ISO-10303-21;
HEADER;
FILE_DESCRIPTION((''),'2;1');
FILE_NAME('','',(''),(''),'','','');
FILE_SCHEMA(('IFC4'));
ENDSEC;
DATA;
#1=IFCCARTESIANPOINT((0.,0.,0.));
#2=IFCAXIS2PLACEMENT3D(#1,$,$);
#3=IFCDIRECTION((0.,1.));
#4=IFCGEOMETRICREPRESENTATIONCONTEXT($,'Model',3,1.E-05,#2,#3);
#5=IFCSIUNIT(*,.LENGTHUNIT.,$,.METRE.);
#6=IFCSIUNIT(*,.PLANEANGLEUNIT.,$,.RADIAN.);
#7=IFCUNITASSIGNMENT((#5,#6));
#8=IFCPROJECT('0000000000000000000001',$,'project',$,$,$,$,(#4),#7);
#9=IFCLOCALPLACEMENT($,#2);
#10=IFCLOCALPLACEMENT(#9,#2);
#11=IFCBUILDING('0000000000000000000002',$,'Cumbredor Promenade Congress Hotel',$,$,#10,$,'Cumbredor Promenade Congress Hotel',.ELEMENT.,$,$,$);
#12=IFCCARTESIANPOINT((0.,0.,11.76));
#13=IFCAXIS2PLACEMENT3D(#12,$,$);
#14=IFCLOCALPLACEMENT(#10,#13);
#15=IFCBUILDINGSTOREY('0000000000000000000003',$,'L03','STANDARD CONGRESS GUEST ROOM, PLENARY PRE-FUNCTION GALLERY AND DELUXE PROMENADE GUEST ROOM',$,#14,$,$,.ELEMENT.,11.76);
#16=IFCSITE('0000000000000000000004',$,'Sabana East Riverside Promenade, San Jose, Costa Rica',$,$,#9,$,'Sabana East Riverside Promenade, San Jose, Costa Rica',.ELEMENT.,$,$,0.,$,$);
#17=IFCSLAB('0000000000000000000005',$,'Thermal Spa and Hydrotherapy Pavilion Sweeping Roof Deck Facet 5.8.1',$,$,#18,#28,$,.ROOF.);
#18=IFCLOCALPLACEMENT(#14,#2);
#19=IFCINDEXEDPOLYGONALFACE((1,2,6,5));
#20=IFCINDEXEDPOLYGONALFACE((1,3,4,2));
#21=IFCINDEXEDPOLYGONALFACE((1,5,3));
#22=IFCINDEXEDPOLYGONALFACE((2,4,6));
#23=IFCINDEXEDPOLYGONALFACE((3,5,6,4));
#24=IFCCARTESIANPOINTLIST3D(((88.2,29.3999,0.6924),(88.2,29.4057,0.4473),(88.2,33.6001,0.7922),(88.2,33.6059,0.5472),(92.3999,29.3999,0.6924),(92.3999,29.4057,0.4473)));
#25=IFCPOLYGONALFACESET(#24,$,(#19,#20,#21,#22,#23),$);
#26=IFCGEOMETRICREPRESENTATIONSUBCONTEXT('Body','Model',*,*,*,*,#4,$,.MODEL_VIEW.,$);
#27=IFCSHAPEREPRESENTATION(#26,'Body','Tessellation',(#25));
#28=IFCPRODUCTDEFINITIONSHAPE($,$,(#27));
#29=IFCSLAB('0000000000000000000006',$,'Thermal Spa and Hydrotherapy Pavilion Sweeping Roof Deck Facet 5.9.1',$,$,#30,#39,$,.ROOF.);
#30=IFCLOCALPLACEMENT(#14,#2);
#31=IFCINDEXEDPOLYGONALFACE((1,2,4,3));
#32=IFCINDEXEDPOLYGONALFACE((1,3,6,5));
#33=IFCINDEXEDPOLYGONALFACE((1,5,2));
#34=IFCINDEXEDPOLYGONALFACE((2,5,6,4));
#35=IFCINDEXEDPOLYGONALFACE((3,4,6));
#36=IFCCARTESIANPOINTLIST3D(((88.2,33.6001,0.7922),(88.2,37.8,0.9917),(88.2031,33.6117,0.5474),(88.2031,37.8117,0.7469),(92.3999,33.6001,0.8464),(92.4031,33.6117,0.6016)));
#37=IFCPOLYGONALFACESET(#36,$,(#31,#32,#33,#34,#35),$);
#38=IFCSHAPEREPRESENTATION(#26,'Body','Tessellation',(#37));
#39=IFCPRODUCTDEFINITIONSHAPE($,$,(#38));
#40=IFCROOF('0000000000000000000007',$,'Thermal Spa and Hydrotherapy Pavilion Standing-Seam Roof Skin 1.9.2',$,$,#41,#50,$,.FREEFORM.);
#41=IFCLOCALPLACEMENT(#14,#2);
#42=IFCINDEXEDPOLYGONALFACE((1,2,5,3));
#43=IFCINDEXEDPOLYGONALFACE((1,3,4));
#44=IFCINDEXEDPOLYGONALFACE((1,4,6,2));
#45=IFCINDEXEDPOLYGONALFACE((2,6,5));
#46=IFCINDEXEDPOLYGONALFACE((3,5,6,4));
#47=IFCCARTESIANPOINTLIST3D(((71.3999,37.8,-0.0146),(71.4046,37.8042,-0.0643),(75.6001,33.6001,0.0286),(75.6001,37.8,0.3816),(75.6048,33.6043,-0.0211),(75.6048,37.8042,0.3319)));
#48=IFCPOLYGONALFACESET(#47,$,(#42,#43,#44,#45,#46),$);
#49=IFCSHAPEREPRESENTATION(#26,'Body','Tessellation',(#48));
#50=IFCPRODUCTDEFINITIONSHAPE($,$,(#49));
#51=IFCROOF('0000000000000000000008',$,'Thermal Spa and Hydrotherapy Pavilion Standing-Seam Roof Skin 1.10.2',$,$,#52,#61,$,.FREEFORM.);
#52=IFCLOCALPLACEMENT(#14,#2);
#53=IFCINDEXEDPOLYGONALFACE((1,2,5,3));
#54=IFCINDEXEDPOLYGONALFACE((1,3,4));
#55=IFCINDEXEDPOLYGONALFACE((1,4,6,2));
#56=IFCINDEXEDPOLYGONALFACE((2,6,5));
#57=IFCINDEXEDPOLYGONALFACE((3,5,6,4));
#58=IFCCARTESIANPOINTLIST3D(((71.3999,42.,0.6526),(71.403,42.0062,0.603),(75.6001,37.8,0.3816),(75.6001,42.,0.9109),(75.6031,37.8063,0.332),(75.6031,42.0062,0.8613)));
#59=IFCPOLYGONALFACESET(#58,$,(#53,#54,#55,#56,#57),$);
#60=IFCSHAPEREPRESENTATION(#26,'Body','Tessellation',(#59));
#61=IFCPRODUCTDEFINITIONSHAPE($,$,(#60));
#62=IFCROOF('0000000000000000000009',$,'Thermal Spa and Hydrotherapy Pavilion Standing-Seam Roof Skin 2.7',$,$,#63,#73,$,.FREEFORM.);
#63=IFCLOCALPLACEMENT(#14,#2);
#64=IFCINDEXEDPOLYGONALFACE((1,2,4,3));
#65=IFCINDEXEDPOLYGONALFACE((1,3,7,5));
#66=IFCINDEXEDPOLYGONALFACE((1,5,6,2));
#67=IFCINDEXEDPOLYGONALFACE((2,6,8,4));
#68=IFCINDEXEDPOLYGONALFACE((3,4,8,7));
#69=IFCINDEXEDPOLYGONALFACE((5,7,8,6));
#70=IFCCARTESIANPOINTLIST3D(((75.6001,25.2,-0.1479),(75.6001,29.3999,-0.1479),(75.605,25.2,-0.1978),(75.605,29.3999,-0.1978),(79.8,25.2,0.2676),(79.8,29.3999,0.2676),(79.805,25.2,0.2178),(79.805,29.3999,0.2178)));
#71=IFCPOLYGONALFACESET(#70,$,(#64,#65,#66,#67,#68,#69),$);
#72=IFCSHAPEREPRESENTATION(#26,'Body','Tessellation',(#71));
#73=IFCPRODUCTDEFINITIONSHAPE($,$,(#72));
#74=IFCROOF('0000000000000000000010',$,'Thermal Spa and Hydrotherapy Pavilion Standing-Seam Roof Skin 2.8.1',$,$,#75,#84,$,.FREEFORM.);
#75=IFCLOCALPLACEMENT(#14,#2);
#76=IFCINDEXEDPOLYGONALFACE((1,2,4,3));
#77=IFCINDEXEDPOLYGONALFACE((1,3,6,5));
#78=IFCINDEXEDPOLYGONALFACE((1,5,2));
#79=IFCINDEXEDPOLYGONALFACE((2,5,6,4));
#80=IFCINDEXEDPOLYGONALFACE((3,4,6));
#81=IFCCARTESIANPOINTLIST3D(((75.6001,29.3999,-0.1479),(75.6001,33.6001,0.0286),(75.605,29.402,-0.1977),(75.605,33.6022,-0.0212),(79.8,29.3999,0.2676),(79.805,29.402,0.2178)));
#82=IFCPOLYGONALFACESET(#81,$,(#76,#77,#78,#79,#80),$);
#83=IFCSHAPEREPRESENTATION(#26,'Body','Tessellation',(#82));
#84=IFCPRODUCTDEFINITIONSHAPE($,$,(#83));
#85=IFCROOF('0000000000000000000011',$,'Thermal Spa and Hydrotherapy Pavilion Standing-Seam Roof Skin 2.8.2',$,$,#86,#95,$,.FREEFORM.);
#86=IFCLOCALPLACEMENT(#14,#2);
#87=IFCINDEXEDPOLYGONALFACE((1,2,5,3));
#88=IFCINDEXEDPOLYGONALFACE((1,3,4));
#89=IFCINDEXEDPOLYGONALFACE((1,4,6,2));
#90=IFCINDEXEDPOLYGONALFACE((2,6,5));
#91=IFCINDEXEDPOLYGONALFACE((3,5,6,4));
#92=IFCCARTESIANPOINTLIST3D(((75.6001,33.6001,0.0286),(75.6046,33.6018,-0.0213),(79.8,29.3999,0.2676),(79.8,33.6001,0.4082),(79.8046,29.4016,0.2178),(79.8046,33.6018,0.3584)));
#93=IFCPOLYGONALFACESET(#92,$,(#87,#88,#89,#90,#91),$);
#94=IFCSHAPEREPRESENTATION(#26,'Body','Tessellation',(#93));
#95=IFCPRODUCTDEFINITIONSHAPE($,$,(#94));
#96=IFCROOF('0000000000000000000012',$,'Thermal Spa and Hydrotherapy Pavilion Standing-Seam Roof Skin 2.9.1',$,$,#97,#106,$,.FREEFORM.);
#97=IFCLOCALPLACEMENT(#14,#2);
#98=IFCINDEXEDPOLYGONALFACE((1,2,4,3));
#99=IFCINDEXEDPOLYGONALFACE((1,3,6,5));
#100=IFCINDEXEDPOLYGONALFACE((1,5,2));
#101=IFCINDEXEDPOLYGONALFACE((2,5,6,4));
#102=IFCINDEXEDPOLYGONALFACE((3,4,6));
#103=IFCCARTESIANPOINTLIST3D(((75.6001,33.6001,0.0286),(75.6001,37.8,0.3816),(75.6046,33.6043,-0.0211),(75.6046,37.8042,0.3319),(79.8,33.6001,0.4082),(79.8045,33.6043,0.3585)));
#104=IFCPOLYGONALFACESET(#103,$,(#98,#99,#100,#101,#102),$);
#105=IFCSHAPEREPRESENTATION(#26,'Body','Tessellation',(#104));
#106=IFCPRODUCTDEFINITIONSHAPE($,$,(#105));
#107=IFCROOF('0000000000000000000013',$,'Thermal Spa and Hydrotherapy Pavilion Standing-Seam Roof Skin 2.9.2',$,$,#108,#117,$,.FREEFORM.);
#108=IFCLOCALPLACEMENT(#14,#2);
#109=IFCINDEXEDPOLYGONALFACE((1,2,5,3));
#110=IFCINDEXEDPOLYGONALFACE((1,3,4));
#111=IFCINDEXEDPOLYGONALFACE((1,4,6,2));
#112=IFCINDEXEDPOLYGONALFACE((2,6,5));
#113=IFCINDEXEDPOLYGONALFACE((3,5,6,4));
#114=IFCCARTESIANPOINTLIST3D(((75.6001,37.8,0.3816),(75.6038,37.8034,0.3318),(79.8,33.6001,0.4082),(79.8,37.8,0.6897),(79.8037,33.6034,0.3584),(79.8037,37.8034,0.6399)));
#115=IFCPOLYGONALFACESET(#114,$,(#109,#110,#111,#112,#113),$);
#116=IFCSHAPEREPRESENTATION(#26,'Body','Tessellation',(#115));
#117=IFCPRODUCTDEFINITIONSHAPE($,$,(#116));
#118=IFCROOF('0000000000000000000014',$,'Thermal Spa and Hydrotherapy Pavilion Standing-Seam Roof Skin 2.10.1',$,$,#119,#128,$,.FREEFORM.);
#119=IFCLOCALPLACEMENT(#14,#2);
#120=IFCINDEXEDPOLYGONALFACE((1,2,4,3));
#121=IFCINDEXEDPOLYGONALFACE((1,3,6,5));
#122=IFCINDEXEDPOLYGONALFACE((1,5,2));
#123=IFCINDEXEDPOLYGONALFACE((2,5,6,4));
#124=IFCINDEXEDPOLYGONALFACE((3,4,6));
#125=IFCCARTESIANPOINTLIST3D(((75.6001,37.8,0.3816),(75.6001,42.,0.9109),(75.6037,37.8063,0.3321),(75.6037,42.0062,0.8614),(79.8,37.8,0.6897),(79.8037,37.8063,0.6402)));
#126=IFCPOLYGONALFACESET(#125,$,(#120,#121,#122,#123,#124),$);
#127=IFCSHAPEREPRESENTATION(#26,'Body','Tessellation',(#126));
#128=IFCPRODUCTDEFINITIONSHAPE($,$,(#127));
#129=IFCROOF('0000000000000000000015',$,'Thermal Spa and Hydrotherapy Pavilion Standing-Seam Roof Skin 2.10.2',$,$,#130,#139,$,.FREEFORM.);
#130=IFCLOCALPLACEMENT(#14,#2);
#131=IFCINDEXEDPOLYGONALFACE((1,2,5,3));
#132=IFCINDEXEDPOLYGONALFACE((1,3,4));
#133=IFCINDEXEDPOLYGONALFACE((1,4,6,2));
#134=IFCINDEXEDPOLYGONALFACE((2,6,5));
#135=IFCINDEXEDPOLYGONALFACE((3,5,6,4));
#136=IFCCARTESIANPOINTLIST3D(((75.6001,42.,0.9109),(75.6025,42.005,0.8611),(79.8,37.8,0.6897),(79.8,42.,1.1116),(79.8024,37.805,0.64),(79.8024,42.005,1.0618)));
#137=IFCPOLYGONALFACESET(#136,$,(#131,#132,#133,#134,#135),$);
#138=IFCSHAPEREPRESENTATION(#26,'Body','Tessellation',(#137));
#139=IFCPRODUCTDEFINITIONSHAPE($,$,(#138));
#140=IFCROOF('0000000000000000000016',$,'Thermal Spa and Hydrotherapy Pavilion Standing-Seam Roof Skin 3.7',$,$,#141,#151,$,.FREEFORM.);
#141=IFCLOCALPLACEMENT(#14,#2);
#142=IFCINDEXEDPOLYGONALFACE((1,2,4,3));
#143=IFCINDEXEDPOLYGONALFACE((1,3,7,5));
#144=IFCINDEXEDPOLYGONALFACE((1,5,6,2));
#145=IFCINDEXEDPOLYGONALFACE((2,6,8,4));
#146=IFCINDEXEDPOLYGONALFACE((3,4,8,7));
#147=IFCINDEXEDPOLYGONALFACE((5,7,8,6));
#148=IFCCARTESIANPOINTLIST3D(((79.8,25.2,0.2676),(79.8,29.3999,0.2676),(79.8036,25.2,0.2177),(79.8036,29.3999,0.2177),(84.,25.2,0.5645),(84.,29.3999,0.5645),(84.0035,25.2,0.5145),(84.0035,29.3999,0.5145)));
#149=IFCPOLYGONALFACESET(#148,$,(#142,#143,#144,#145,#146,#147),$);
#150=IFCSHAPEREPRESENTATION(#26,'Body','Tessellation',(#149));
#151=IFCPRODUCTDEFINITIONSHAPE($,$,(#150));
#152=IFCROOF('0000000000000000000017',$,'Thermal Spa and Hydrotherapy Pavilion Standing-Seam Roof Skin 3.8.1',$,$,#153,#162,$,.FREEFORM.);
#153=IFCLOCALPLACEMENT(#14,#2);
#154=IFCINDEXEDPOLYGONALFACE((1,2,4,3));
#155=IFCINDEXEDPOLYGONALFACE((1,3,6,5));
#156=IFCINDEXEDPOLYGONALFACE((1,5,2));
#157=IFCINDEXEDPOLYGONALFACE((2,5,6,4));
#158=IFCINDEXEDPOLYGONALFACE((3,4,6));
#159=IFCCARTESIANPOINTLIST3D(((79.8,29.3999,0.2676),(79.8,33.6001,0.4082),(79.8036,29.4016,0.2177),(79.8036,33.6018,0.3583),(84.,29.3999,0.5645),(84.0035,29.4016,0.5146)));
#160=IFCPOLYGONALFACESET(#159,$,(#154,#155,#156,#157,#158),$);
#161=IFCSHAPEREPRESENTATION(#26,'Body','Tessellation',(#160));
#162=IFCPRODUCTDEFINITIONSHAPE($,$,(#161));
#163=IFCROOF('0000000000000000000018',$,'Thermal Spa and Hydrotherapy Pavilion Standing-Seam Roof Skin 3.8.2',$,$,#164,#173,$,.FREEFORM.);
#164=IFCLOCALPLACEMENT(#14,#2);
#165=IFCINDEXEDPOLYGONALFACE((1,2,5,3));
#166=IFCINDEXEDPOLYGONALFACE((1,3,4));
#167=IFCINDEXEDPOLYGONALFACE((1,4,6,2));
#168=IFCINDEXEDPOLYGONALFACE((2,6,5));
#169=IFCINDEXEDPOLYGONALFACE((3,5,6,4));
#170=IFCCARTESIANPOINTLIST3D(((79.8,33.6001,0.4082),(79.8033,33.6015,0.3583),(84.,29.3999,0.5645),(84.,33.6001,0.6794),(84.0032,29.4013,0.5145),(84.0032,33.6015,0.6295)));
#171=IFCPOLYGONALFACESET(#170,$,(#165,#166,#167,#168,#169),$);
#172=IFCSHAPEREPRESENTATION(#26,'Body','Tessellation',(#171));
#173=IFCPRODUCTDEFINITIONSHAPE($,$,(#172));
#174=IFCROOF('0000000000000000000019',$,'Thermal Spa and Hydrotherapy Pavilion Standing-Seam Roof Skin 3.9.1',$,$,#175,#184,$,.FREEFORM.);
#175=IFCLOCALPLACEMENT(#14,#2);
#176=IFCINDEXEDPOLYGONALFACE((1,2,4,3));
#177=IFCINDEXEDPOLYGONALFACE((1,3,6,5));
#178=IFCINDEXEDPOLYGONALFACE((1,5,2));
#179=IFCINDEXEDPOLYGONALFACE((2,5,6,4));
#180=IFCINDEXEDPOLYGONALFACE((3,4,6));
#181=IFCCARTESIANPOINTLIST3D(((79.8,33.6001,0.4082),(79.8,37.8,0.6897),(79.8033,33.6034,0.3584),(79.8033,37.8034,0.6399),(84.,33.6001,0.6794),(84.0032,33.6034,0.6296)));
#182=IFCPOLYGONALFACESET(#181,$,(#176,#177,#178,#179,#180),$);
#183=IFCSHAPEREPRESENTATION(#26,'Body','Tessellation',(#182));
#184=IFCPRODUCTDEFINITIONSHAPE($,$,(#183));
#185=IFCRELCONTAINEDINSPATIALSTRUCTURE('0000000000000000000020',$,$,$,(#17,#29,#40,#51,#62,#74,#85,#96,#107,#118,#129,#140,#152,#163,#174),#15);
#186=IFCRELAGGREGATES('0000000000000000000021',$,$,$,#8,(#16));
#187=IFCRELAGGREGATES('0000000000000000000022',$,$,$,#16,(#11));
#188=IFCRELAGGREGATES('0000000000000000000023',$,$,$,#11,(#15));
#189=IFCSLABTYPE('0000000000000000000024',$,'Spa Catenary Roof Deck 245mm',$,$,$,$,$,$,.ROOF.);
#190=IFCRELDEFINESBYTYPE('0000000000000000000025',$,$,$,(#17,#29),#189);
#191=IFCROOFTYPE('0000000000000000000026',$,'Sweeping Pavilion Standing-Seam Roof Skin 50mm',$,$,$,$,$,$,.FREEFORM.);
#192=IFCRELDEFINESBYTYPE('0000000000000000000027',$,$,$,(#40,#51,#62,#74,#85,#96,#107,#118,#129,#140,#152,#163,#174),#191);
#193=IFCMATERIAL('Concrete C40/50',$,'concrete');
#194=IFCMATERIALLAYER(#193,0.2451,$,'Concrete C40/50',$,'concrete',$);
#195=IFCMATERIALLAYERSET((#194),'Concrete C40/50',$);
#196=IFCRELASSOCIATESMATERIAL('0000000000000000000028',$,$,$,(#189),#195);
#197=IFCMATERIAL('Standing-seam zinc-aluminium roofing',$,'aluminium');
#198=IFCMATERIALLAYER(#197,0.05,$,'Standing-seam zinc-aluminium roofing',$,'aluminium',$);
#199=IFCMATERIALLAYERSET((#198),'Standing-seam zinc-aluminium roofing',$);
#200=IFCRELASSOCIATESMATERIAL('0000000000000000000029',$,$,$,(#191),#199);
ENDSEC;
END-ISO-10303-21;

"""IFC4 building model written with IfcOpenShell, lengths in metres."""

from ifc_helpers import new_model, si_unit, direction, frame, origin, place, context, subcontext, project, spatial, polyline, outline, extrude, material, layer, layer_set, type_object, element, save


model = new_model("IFC4")

# Units and contexts
model_context = context("Model", 3, precision=1e-05, world=origin(), true_north=direction((0.0, 1.0)))
body_context = subcontext(model_context, "Body", "Model", "MODEL_VIEW")
ifc_project = project(units=[si_unit("LENGTHUNIT", "METRE"), si_unit("PLANEANGLEUNIT", "RADIAN")], contexts=[model_context])

# Site, building, storey
site_placement = place(None, origin())
site = spatial("IfcSite", under=ifc_project, at=site_placement, Name="Sabana East Riverside Promenade, San Jose, Costa Rica", LongName="Sabana East Riverside Promenade, San Jose, Costa Rica", CompositionType="ELEMENT", RefElevation=0.0)
building_placement = place(site_placement, origin())
building = spatial("IfcBuilding", under=site, at=building_placement, Name="Cumbredor Promenade Congress Hotel", LongName="Cumbredor Promenade Congress Hotel", CompositionType="ELEMENT")
storey_placement = place(building_placement, frame((0.0, 0.0, 11.76)))
storey = spatial("IfcBuildingStorey", under=building, at=storey_placement, Name="L03", Description="STANDARD CONGRESS GUEST ROOM, PLENARY PRE-FUNCTION GALLERY AND DELUXE PROMENADE GUEST ROOM", CompositionType="ELEMENT", Elevation=11.76)

# Slabs
ifc_material_1 = material(Name="Concrete C40/50", Category="concrete")
ifc_layer_1 = layer(ifc_material_1, 0.2451, Name="Concrete C40/50", Category="concrete")
ifc_layer_set_1 = layer_set([ifc_layer_1], Name="Concrete C40/50")
slab_type = type_object("IfcSlabType", Name="Spa Catenary Roof Deck 245mm", PredefinedType="ROOF", material=ifc_layer_set_1)
slab_1_placement = place(storey_placement, frame((88.2, 29.3999, 0.6924), z_axis=(0.0, -0.023767, 0.999718), x_axis=(1.0, 0.0, 0.0)))
element("IfcSlab", 1, at=slab_1_placement, inside=storey, type_object=slab_type, Name="Thermal Spa and Hydrotherapy Pavilion Sweeping Roof Deck Facet 5.8.1", PredefinedType="ROOF", context=body_context, shape_type="SweptSolid", body=[
    extrude(outline(polyline([(0.0, 0.0), (4.2, 0.0), (0.0, 4.2014), (0.0, 0.0)])), origin(), (0.0, 0.0, -1.0), 0.2451),
])
slab_2_placement = place(storey_placement, frame((88.2, 33.6001, 0.7922), z_axis=(-0.012889, -0.047434, 0.998791), x_axis=(0.999917, 0.0, 0.012904)))
element("IfcSlab", 2, at=slab_2_placement, inside=storey, type_object=slab_type, Name="Thermal Spa and Hydrotherapy Pavilion Sweeping Roof Deck Facet 5.9.1", PredefinedType="ROOF", context=body_context, shape_type="SweptSolid", body=[
    extrude(outline(polyline([(0.0, 0.0), (4.2003, 0.0), (0.0026, 4.2047), (0.0, 0.0)])), origin(), (0.0, 0.0, -1.0), 0.2451),
])

# Roofs
ifc_material_2 = material(Name="Standing-seam zinc-aluminium roofing", Category="aluminium")
ifc_layer_2 = layer(ifc_material_2, 0.05, Name="Standing-seam zinc-aluminium roofing", Category="aluminium")
ifc_layer_set_2 = layer_set([ifc_layer_2], Name="Standing-seam zinc-aluminium roofing")
roof_type = type_object("IfcRoofType", Name="Sweeping Pavilion Standing-Seam Roof Skin 50mm", PredefinedType="FREEFORM", material=ifc_layer_set_2)
roof_1_placement = place(storey_placement, frame((75.6001, 33.6001, 0.0286), z_axis=(-0.093594, -0.083392, 0.992112), x_axis=(0.0, 0.996486, 0.08376)))
element("IfcRoof", 3, at=roof_1_placement, inside=storey, type_object=roof_type, Name="Thermal Spa and Hydrotherapy Pavilion Standing-Seam Roof Skin 1.9.2", PredefinedType="FREEFORM", context=body_context, shape_type="SweptSolid", body=[
    extrude(outline(polyline([(0.0, 0.0), (4.2148, 0.0), (4.1816, 4.2187), (0.0, 0.0)])), origin(), (0.0, 0.0, -1.0), 0.05),
])
roof_2_placement = place(storey_placement, frame((75.6001, 37.8, 0.3816), z_axis=(-0.060901, -0.124803, 0.990311), x_axis=(0.0, 0.992152, 0.125036)))
element("IfcRoof", 4, at=roof_2_placement, inside=storey, type_object=roof_type, Name="Thermal Spa and Hydrotherapy Pavilion Standing-Seam Roof Skin 1.10.2", PredefinedType="FREEFORM", context=body_context, shape_type="SweptSolid", body=[
    extrude(outline(polyline([(0.0, 0.0), (4.2332, 0.0), (4.2009, 4.208), (0.0, 0.0)])), origin(), (0.0, 0.0, -1.0), 0.05),
])
roof_3_placement = place(storey_placement, frame((75.6001, 25.2, -0.1479), z_axis=(-0.098456, 0.0, 0.995141), x_axis=(0.995141, 0.0, 0.098456)))
element("IfcRoof", 5, at=roof_3_placement, inside=storey, type_object=roof_type, Name="Thermal Spa and Hydrotherapy Pavilion Standing-Seam Roof Skin 2.7", PredefinedType="FREEFORM", context=body_context, shape_type="SweptSolid", body=[
    extrude(outline(polyline([(0.0, 0.0), (4.2205, 0.0), (4.2205, 4.2), (0.0, 4.2), (0.0, 0.0)])), origin(), (0.0, 0.0, -1.0), 0.05),
])
roof_4_placement = place(storey_placement, frame((75.6001, 29.3999, -0.1479), z_axis=(-0.09837, -0.041784, 0.994272), x_axis=(0.995141, 0.0, 0.098456)))
element("IfcRoof", 6, at=roof_4_placement, inside=storey, type_object=roof_type, Name="Thermal Spa and Hydrotherapy Pavilion Standing-Seam Roof Skin 2.8.1", PredefinedType="FREEFORM", context=body_context, shape_type="SweptSolid", body=[
    extrude(outline(polyline([(0.0, 0.0), (4.2205, 0.0), (0.0174, 4.2039), (0.0, 0.0)])), origin(), (0.0, 0.0, -1.0), 0.05),
])
roof_5_placement = place(storey_placement, frame((79.8, 29.3999, 0.2676), z_axis=(-0.089974, -0.033326, 0.995386), x_axis=(0.0, 0.99944, 0.033462)))
element("IfcRoof", 7, at=roof_5_placement, inside=storey, type_object=roof_type, Name="Thermal Spa and Hydrotherapy Pavilion Standing-Seam Roof Skin 2.8.2", PredefinedType="FREEFORM", context=body_context, shape_type="SweptSolid", body=[
    extrude(outline(polyline([(0.0, 0.0), (4.2025, 0.0), (4.1898, 4.2171), (0.0, 0.0)])), origin(), (0.0, 0.0, -1.0), 0.05),
])
roof_6_placement = place(storey_placement, frame((75.6001, 33.6001, 0.0286), z_axis=(-0.08971, -0.083422, 0.992468), x_axis=(0.99594, 0.0, 0.090024)))
element("IfcRoof", 8, at=roof_6_placement, inside=storey, type_object=roof_type, Name="Thermal Spa and Hydrotherapy Pavilion Standing-Seam Roof Skin 2.9.1", PredefinedType="FREEFORM", context=body_context, shape_type="SweptSolid", body=[
    extrude(outline(polyline([(0.0, 0.0), (4.2171, 0.0), (0.0318, 4.2146), (0.0, 0.0)])), origin(), (0.0, 0.0, -1.0), 0.05),
])
roof_7_placement = place(storey_placement, frame((79.8, 33.6001, 0.4082), z_axis=(-0.073, -0.066695, 0.995099), x_axis=(0.0, 0.997761, 0.066873)))
element("IfcRoof", 9, at=roof_7_placement, inside=storey, type_object=roof_type, Name="Thermal Spa and Hydrotherapy Pavilion Standing-Seam Roof Skin 2.9.2", PredefinedType="FREEFORM", context=body_context, shape_type="SweptSolid", body=[
    extrude(outline(polyline([(0.0, 0.0), (4.2094, 0.0), (4.1888, 4.2112), (0.0, 0.0)])), origin(), (0.0, 0.0, -1.0), 0.05),
])
roof_8_placement = place(storey_placement, frame((75.6001, 37.8, 0.3816), z_axis=(-0.072592, -0.124706, 0.989535), x_axis=(0.99732, 0.0, 0.073163)))
element("IfcRoof", 10, at=roof_8_placement, inside=storey, type_object=roof_type, Name="Thermal Spa and Hydrotherapy Pavilion Standing-Seam Roof Skin 2.10.1", PredefinedType="FREEFORM", context=body_context, shape_type="SweptSolid", body=[
    extrude(outline(polyline([(0.0, 0.0), (4.2112, 0.0), (0.0387, 4.233), (0.0, 0.0)])), origin(), (0.0, 0.0, -1.0), 0.05),
])
roof_9_placement = place(storey_placement, frame((79.8, 37.8, 0.6897), z_axis=(-0.047489, -0.099832, 0.99387), x_axis=(0.0, 0.994993, 0.099945)))
element("IfcRoof", 11, at=roof_9_placement, inside=storey, type_object=roof_type, Name="Thermal Spa and Hydrotherapy Pavilion Standing-Seam Roof Skin 2.10.2", PredefinedType="FREEFORM", context=body_context, shape_type="SweptSolid", body=[
    extrude(outline(polyline([(0.0, 0.0), (4.2211, 0.0), (4.201, 4.2047), (0.0, 0.0)])), origin(), (0.0, 0.0, -1.0), 0.05),
])
roof_10_placement = place(storey_placement, frame((79.8, 25.2, 0.2676), z_axis=(-0.070509, 0.0, 0.997511), x_axis=(0.997511, 0.0, 0.070509)))
element("IfcRoof", 12, at=roof_10_placement, inside=storey, type_object=roof_type, Name="Thermal Spa and Hydrotherapy Pavilion Standing-Seam Roof Skin 3.7", PredefinedType="FREEFORM", context=body_context, shape_type="SweptSolid", body=[
    extrude(outline(polyline([(0.0, 0.0), (4.2104, 0.0), (4.2104, 4.2), (0.0, 4.2), (0.0, 0.0)])), origin(), (0.0, 0.0, -1.0), 0.05),
])
roof_11_placement = place(storey_placement, frame((79.8, 29.3999, 0.2676), z_axis=(-0.07047, -0.033379, 0.996955), x_axis=(0.997511, 0.0, 0.070509)))
element("IfcRoof", 13, at=roof_11_placement, inside=storey, type_object=roof_type, Name="Thermal Spa and Hydrotherapy Pavilion Standing-Seam Roof Skin 3.8.1", PredefinedType="FREEFORM", context=body_context, shape_type="SweptSolid", body=[
    extrude(outline(polyline([(0.0, 0.0), (4.2104, 0.0), (0.0099, 4.2025), (0.0, 0.0)])), origin(), (0.0, 0.0, -1.0), 0.05),
])
roof_12_placement = place(storey_placement, frame((84.0, 29.3999, 0.5645), z_axis=(-0.064423, -0.02731, 0.997549), x_axis=(0.0, 0.999625, 0.027367)))
element("IfcRoof", 14, at=roof_12_placement, inside=storey, type_object=roof_type, Name="Thermal Spa and Hydrotherapy Pavilion Standing-Seam Roof Skin 3.8.2", PredefinedType="FREEFORM", context=body_context, shape_type="SweptSolid", body=[
    extrude(outline(polyline([(0.0, 0.0), (4.2018, 0.0), (4.1943, 4.2087), (0.0, 0.0)])), origin(), (0.0, 0.0, -1.0), 0.05),
])
roof_13_placement = place(storey_placement, frame((79.8, 33.6001, 0.4082), z_axis=(-0.064304, -0.066735, 0.995696), x_axis=(0.997921, 0.0, 0.064447)))
element("IfcRoof", 15, at=roof_13_placement, inside=storey, type_object=roof_type, Name="Thermal Spa and Hydrotherapy Pavilion Standing-Seam Roof Skin 3.9.1", PredefinedType="FREEFORM", context=body_context, shape_type="SweptSolid", body=[
    extrude(outline(polyline([(0.0, 0.0), (4.2087, 0.0), (0.0181, 4.2093), (0.0, 0.0)])), origin(), (0.0, 0.0, -1.0), 0.05),
])

save(model, "model.ifc")
